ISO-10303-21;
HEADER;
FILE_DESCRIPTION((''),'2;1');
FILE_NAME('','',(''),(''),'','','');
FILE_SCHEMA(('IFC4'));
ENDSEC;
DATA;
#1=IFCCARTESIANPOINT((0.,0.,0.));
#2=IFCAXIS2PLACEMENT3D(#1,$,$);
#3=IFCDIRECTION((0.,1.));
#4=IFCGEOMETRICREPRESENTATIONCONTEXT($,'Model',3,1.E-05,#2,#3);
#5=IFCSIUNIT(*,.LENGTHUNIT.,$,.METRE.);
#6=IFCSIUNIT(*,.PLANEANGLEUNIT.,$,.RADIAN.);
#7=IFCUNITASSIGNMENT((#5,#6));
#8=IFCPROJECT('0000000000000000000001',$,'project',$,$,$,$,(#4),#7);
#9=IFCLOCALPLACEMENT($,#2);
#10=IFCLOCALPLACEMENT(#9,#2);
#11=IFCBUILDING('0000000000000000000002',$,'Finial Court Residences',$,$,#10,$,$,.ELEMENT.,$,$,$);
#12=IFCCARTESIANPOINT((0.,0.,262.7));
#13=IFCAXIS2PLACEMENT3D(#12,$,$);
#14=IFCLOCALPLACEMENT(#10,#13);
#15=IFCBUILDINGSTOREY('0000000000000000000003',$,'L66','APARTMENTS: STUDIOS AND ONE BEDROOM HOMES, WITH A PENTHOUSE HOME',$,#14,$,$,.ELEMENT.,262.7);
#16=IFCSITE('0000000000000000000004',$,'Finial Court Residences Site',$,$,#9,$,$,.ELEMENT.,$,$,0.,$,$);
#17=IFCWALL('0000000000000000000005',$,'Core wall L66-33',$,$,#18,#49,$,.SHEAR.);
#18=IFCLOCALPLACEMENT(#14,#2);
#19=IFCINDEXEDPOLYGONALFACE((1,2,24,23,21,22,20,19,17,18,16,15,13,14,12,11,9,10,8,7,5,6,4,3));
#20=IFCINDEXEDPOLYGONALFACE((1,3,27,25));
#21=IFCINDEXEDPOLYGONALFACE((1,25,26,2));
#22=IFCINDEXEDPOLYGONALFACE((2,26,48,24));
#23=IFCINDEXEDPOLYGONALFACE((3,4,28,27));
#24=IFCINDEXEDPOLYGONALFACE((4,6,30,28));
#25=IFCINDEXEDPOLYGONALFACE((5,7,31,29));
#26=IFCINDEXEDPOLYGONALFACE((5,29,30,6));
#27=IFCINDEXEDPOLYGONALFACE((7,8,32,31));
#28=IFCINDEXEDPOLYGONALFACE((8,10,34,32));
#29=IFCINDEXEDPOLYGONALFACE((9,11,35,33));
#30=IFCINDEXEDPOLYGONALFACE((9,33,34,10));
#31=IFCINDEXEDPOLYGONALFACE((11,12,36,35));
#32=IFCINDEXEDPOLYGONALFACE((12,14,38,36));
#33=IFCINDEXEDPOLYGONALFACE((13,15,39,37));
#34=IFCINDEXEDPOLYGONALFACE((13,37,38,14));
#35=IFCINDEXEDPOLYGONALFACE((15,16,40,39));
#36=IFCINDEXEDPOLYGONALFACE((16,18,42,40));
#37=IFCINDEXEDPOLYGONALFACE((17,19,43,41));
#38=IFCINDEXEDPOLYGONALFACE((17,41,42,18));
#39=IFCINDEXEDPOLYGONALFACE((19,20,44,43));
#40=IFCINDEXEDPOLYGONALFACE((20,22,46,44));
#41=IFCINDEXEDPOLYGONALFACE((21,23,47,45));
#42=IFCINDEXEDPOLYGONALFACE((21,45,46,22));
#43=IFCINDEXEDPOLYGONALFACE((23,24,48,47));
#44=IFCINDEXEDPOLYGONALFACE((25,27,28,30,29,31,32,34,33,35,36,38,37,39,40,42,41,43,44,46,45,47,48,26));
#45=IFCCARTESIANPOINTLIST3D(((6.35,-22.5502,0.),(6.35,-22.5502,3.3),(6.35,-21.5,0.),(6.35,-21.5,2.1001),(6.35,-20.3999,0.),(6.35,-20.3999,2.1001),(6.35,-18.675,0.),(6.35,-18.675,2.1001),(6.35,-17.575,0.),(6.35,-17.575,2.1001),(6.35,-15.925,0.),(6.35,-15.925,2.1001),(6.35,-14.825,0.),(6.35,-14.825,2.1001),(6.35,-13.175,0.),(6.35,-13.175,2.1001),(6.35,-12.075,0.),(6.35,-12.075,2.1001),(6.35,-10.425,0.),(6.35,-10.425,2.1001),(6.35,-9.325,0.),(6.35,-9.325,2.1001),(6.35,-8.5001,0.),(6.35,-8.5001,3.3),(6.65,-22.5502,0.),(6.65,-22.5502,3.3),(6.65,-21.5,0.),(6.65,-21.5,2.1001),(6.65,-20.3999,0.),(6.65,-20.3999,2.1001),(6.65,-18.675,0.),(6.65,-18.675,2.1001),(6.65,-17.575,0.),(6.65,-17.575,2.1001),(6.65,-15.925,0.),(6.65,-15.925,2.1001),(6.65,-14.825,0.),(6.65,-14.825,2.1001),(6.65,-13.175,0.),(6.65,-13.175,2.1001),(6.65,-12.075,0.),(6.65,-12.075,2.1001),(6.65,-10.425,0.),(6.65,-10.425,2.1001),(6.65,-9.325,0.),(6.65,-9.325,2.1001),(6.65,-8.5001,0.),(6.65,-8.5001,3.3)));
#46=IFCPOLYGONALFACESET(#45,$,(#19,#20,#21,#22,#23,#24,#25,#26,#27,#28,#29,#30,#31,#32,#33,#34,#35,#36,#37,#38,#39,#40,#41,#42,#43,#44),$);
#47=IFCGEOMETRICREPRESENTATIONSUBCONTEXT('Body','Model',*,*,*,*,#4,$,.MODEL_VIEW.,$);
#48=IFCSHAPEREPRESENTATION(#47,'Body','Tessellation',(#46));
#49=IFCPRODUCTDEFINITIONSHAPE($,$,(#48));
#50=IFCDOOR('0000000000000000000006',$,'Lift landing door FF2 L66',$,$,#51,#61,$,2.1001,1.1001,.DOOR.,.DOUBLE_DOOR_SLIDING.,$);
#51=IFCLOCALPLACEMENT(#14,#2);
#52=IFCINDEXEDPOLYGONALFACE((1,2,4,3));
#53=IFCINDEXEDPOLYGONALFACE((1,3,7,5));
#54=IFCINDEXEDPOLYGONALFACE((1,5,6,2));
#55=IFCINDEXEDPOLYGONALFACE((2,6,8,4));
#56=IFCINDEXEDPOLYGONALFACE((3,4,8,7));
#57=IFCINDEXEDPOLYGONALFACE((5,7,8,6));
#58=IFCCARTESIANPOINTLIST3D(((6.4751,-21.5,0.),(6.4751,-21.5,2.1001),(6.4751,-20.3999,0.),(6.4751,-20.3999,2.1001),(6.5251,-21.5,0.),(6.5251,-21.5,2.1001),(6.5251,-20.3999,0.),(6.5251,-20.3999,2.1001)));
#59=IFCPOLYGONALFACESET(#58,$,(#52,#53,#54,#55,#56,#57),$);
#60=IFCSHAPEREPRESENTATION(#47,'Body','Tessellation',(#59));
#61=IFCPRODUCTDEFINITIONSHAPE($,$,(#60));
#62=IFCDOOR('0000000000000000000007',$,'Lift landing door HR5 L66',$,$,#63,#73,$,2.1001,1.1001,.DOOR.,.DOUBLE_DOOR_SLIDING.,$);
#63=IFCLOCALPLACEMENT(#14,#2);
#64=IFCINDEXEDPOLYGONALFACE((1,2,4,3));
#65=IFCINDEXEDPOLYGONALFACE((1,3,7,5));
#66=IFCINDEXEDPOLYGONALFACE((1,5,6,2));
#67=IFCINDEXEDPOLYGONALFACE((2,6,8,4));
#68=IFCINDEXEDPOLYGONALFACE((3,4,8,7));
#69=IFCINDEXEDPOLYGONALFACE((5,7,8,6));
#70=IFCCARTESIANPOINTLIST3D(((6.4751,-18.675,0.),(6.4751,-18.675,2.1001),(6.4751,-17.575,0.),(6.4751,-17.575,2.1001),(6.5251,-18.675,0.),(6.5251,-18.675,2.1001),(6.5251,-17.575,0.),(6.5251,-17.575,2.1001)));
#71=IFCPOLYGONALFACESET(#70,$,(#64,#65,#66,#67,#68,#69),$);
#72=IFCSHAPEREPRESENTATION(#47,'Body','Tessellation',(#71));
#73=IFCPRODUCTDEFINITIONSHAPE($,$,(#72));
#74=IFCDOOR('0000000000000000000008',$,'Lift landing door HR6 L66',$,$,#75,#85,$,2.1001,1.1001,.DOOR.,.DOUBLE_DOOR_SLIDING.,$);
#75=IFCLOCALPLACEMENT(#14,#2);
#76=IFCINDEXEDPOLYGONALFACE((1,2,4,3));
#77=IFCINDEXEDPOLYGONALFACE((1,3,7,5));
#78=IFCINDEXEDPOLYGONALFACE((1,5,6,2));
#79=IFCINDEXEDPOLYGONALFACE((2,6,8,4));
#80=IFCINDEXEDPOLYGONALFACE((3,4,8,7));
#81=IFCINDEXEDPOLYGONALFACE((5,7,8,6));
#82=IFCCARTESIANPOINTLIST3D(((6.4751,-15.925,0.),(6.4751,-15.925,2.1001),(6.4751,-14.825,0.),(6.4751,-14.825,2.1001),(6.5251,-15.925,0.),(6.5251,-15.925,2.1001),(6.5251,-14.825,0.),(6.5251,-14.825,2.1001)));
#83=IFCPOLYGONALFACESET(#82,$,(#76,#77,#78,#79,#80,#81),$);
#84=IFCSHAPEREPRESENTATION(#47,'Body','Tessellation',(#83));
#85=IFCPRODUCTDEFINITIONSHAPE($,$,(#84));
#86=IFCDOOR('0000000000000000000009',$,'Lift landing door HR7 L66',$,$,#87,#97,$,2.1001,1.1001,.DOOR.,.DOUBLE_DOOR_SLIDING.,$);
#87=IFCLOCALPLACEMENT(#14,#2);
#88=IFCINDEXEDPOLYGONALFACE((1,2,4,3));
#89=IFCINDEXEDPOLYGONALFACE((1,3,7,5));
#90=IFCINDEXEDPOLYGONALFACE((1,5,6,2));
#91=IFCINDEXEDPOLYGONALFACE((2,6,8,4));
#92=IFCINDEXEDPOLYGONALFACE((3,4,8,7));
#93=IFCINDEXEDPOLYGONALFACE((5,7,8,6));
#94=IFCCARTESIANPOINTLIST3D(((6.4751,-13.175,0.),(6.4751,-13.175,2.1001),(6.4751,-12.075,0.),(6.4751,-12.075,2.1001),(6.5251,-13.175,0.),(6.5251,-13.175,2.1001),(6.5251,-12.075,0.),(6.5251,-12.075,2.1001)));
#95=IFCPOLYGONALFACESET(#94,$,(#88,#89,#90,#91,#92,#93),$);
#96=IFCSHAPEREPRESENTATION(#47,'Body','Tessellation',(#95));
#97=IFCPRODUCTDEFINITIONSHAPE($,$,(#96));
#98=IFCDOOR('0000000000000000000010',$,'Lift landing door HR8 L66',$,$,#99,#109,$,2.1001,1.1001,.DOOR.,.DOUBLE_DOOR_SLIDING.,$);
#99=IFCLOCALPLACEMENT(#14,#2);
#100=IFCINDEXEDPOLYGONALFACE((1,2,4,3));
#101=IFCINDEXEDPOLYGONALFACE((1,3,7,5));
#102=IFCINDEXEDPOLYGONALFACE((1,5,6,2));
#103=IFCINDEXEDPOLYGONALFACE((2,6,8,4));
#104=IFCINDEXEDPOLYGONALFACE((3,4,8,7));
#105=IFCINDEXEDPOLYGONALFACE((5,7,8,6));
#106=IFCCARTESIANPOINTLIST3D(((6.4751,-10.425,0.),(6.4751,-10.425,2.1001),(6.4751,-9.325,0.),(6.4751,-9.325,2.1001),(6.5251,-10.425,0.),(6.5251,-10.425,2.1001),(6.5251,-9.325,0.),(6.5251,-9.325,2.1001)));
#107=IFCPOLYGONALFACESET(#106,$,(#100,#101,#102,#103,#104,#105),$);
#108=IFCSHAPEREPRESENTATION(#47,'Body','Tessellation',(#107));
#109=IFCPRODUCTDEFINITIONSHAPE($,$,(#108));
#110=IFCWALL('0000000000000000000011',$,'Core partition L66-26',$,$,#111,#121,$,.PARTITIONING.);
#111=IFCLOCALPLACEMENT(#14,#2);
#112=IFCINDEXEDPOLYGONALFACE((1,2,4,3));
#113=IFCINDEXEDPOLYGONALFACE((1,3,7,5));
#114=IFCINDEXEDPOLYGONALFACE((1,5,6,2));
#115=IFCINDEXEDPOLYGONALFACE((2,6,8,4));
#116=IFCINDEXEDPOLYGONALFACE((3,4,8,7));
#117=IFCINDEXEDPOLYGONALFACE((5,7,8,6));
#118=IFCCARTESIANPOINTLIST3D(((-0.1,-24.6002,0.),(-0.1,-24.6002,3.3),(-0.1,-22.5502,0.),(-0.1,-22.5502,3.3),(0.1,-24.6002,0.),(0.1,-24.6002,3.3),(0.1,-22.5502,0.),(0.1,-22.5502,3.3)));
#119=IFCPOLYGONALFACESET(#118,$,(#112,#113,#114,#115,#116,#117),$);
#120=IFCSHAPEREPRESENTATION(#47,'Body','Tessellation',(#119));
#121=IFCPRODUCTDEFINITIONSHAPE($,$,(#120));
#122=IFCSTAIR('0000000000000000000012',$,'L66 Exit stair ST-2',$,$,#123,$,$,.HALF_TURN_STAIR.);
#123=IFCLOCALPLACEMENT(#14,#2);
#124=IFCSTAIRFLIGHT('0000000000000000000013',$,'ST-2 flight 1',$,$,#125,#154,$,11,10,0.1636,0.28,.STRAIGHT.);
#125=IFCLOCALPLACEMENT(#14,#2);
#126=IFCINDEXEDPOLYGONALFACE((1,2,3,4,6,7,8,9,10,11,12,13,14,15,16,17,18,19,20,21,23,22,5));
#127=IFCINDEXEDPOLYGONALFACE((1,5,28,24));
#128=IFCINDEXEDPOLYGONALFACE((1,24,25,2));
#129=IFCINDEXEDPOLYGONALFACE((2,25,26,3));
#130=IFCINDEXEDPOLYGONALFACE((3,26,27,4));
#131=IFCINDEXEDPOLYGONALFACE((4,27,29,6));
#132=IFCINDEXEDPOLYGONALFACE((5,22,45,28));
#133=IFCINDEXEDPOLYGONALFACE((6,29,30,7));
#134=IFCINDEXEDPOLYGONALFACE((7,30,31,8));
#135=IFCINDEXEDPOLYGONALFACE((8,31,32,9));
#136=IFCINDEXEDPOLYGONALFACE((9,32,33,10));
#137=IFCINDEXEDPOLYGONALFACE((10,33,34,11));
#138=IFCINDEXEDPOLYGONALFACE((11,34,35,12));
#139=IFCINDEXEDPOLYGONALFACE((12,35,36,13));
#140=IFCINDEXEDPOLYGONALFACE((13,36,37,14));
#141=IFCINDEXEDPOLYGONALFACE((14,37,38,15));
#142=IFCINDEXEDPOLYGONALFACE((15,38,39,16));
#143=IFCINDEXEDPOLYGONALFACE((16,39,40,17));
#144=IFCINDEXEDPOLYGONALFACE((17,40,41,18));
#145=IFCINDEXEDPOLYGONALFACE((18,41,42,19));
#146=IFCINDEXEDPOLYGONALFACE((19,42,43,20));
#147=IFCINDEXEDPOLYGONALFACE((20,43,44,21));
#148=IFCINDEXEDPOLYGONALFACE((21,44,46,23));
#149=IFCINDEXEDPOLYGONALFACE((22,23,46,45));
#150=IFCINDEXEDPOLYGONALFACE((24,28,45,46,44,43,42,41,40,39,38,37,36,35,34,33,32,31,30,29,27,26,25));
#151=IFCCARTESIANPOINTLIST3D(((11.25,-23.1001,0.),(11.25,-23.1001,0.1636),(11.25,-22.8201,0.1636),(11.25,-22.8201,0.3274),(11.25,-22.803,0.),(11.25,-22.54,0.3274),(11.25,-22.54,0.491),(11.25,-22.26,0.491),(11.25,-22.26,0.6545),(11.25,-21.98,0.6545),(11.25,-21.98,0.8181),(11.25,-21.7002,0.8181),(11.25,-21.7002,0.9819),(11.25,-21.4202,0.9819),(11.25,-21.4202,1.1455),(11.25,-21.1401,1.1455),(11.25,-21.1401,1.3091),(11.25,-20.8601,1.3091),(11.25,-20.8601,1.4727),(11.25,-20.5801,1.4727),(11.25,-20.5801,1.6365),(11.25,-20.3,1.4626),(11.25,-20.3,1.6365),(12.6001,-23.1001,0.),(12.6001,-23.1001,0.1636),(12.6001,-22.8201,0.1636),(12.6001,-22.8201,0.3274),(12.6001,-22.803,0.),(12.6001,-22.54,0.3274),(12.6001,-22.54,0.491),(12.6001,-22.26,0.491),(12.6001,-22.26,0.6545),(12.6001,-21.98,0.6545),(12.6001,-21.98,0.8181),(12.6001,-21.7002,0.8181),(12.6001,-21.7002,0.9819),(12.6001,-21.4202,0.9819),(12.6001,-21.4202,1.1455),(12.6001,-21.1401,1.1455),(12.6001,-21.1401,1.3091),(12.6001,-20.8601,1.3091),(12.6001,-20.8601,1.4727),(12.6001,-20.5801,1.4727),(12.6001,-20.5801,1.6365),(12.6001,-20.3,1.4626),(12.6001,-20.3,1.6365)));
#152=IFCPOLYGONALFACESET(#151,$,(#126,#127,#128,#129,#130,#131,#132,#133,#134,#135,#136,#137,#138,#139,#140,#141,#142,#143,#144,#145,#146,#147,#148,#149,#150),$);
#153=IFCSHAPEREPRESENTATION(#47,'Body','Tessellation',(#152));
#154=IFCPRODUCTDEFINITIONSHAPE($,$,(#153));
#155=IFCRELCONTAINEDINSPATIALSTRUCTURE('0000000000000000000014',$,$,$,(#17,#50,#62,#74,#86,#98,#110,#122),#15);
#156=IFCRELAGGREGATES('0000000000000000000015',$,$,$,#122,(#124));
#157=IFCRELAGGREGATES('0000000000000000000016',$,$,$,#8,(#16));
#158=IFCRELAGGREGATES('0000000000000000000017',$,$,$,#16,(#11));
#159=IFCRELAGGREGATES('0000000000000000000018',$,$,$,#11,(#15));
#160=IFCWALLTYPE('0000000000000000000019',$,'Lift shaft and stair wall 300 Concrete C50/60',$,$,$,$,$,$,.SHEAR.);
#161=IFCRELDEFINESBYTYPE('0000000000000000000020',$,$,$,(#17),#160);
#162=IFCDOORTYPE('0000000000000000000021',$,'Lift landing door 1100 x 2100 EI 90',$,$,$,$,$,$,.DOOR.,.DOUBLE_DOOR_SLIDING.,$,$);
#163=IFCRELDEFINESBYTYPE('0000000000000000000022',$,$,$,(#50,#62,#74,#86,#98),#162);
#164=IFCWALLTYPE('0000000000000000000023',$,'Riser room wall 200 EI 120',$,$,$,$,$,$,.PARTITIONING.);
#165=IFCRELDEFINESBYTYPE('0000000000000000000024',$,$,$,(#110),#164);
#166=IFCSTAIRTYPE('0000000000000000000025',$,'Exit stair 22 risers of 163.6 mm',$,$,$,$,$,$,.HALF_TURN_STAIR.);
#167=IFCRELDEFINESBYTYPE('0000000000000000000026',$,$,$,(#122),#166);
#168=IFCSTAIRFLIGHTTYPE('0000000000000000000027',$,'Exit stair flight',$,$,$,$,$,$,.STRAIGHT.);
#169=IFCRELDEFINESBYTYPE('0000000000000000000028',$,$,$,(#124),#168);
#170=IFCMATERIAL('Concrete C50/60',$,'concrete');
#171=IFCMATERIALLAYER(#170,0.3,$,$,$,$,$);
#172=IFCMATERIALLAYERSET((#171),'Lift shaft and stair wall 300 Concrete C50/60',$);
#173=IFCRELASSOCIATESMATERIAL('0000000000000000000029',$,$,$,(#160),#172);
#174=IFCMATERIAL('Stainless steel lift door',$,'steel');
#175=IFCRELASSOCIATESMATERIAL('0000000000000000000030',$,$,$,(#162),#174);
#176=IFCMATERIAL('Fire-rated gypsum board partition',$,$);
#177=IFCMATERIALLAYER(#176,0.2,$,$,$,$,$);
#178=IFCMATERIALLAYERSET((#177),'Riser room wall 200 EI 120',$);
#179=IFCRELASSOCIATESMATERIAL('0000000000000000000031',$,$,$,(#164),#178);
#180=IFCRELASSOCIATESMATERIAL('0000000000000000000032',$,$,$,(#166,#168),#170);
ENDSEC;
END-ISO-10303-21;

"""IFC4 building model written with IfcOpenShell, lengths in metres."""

from ifc_helpers import new_model, si_unit, direction, frame, frame_2d, origin, place, context, subcontext, project, spatial, polyline, rectangle, outline, extrude, material, layer, layer_set, type_object, element, fill, aggregate, save


model = new_model("IFC4")

# Units and contexts
model_context = context("Model", 3, precision=1e-05, world=origin(), true_north=direction((0.0, 1.0)))
body_context = subcontext(model_context, "Body", "Model", "MODEL_VIEW")
ifc_project = project(units=[si_unit("LENGTHUNIT", "METRE"), si_unit("PLANEANGLEUNIT", "RADIAN")], contexts=[model_context])

# Site, building, storey
site_placement = place(None, origin())
site = spatial("IfcSite", under=ifc_project, at=site_placement, Name="Finial Court Residences Site", CompositionType="ELEMENT", RefElevation=0.0)
building_placement = place(site_placement, origin())
building = spatial("IfcBuilding", under=site, at=building_placement, Name="Finial Court Residences", CompositionType="ELEMENT")
storey_placement = place(building_placement, frame((0.0, 0.0, 262.7)))
storey = spatial("IfcBuildingStorey", under=building, at=storey_placement, Name="L66", Description="APARTMENTS: STUDIOS AND ONE BEDROOM HOMES, WITH A PENTHOUSE HOME", CompositionType="ELEMENT", Elevation=262.7)

# Shared definitions
ifc_material_1 = material(Name="Concrete C50/60", Category="concrete")

# Shared definitions
ifc_material_2 = material(Name="Fire-rated gypsum board partition")

# Shared definitions
ifc_layer_1 = layer(ifc_material_1, 0.3)
ifc_layer_set_1 = layer_set([ifc_layer_1], Name="Lift shaft and stair wall 300 Concrete C50/60")
wall_type_1 = type_object("IfcWallType", Name="Lift shaft and stair wall 300 Concrete C50/60", PredefinedType="SHEAR", material=ifc_layer_set_1)

# Shared definitions
ifc_material_3 = material(Name="Stainless steel lift door", Category="steel")
door_type_1 = type_object("IfcDoorType", Name="Lift landing door 1100 x 2100 EI 90", OperationType="DOUBLE_DOOR_SLIDING", PredefinedType="DOOR", material=ifc_material_3)

# Wall, openings, doors
wall_1_placement = place(storey_placement, frame((6.5, -22.55, 0.0), z_axis=(0.0, 0.0, 1.0), x_axis=(0.0, 1.0, 0.0)))
wall_1 = element("IfcWall", 1, at=wall_1_placement, inside=storey, type_object=wall_type_1, Name="Core wall L66-33", PredefinedType="SHEAR", context=body_context, shape_type="SweptSolid", body=[
    extrude(rectangle(XDim=14.05, YDim=0.3, at=frame_2d((7.0249, 0.0))), origin(), (0.0, 0.0, 1.0), 3.3),
])
opening_1_placement = place(wall_1_placement, frame((1.05, 0.0, 0.0)))
opening_1 = element("IfcOpeningElement", 2, at=opening_1_placement, cuts=wall_1, PredefinedType="OPENING", context=body_context, shape_type="SweptSolid", body=[
    extrude(rectangle(XDim=1.1001, YDim=2.1001, at=frame_2d((0.55, 1.05))), frame((0.0, 0.1599, 0.0), z_axis=(0.0, -1.0, 0.0), x_axis=(1.0, 0.0, 0.0)), (0.0, 0.0, 1.0), 0.3201),
])
opening_2_placement = place(wall_1_placement, frame((3.875, 0.0, 0.0)))
opening_2 = element("IfcOpeningElement", 3, at=opening_2_placement, cuts=wall_1, PredefinedType="OPENING", context=body_context, shape_type="SweptSolid", body=[
    extrude(rectangle(XDim=1.1001, YDim=2.1001, at=frame_2d((0.55, 1.05))), frame((0.0, 0.1599, 0.0), z_axis=(0.0, -1.0, 0.0), x_axis=(1.0, 0.0, 0.0)), (0.0, 0.0, 1.0), 0.3201),
])
opening_3_placement = place(wall_1_placement, frame((6.625, 0.0, 0.0)))
opening_3 = element("IfcOpeningElement", 4, at=opening_3_placement, cuts=wall_1, PredefinedType="OPENING", context=body_context, shape_type="SweptSolid", body=[
    extrude(rectangle(XDim=1.1001, YDim=2.1001, at=frame_2d((0.55, 1.05))), frame((0.0, 0.1599, 0.0), z_axis=(0.0, -1.0, 0.0), x_axis=(1.0, 0.0, 0.0)), (0.0, 0.0, 1.0), 0.3201),
])
opening_4_placement = place(wall_1_placement, frame((9.375, 0.0, 0.0)))
opening_4 = element("IfcOpeningElement", 5, at=opening_4_placement, cuts=wall_1, PredefinedType="OPENING", context=body_context, shape_type="SweptSolid", body=[
    extrude(rectangle(XDim=1.1001, YDim=2.1001, at=frame_2d((0.55, 1.05))), frame((0.0, 0.1599, 0.0), z_axis=(0.0, -1.0, 0.0), x_axis=(1.0, 0.0, 0.0)), (0.0, 0.0, 1.0), 0.3201),
])
opening_5_placement = place(wall_1_placement, frame((12.125, 0.0, 0.0)))
opening_5 = element("IfcOpeningElement", 6, at=opening_5_placement, cuts=wall_1, PredefinedType="OPENING", context=body_context, shape_type="SweptSolid", body=[
    extrude(rectangle(XDim=1.1001, YDim=2.1001, at=frame_2d((0.55, 1.05))), frame((0.0, 0.1599, 0.0), z_axis=(0.0, -1.0, 0.0), x_axis=(1.0, 0.0, 0.0)), (0.0, 0.0, 1.0), 0.3201),
])
door_1_placement = place(opening_1_placement, origin())
door_1 = element("IfcDoor", 7, at=door_1_placement, inside=storey, type_object=door_type_1, Name="Lift landing door FF2 L66", OperationType="DOUBLE_DOOR_SLIDING", OverallHeight=2.1001, OverallWidth=1.1001, PredefinedType="DOOR", context=body_context, shape_type="SweptSolid", body=[
    extrude(rectangle(XDim=1.1001, YDim=2.1001, at=frame_2d((0.55, 1.05))), frame((0.0, 0.0249, 0.0), z_axis=(0.0, -1.0, 0.0), x_axis=(1.0, 0.0, 0.0)), (0.0, 0.0, 1.0), 0.05),
])
fill(opening_1, door_1)
door_2_placement = place(opening_2_placement, origin())
door_2 = element("IfcDoor", 8, at=door_2_placement, inside=storey, type_object=door_type_1, Name="Lift landing door HR5 L66", OperationType="DOUBLE_DOOR_SLIDING", OverallHeight=2.1001, OverallWidth=1.1001, PredefinedType="DOOR", context=body_context, shape_type="SweptSolid", body=[
    extrude(rectangle(XDim=1.1001, YDim=2.1001, at=frame_2d((0.55, 1.05))), frame((0.0, 0.0249, 0.0), z_axis=(0.0, -1.0, 0.0), x_axis=(1.0, 0.0, 0.0)), (0.0, 0.0, 1.0), 0.05),
])
fill(opening_2, door_2)
door_3_placement = place(opening_3_placement, origin())
door_3 = element("IfcDoor", 9, at=door_3_placement, inside=storey, type_object=door_type_1, Name="Lift landing door HR6 L66", OperationType="DOUBLE_DOOR_SLIDING", OverallHeight=2.1001, OverallWidth=1.1001, PredefinedType="DOOR", context=body_context, shape_type="SweptSolid", body=[
    extrude(rectangle(XDim=1.1001, YDim=2.1001, at=frame_2d((0.55, 1.05))), frame((0.0, 0.0249, 0.0), z_axis=(0.0, -1.0, 0.0), x_axis=(1.0, 0.0, 0.0)), (0.0, 0.0, 1.0), 0.05),
])
fill(opening_3, door_3)
door_4_placement = place(opening_4_placement, origin())
door_4 = element("IfcDoor", 10, at=door_4_placement, inside=storey, type_object=door_type_1, Name="Lift landing door HR7 L66", OperationType="DOUBLE_DOOR_SLIDING", OverallHeight=2.1001, OverallWidth=1.1001, PredefinedType="DOOR", context=body_context, shape_type="SweptSolid", body=[
    extrude(rectangle(XDim=1.1001, YDim=2.1001, at=frame_2d((0.55, 1.05))), frame((0.0, 0.0249, 0.0), z_axis=(0.0, -1.0, 0.0), x_axis=(1.0, 0.0, 0.0)), (0.0, 0.0, 1.0), 0.05),
])
fill(opening_4, door_4)
door_5_placement = place(opening_5_placement, origin())
door_5 = element("IfcDoor", 11, at=door_5_placement, inside=storey, type_object=door_type_1, Name="Lift landing door HR8 L66", OperationType="DOUBLE_DOOR_SLIDING", OverallHeight=2.1001, OverallWidth=1.1001, PredefinedType="DOOR", context=body_context, shape_type="SweptSolid", body=[
    extrude(rectangle(XDim=1.1001, YDim=2.1001, at=frame_2d((0.55, 1.05))), frame((0.0, 0.0249, 0.0), z_axis=(0.0, -1.0, 0.0), x_axis=(1.0, 0.0, 0.0)), (0.0, 0.0, 1.0), 0.05),
])
fill(opening_5, door_5)

# Wall
ifc_layer_2 = layer(ifc_material_2, 0.2)
ifc_layer_set_2 = layer_set([ifc_layer_2], Name="Riser room wall 200 EI 120")
wall_type_2 = type_object("IfcWallType", Name="Riser room wall 200 EI 120", PredefinedType="PARTITIONING", material=ifc_layer_set_2)
wall_2_placement = place(storey_placement, frame((0.0, -24.6001, 0.0), z_axis=(0.0, 0.0, 1.0), x_axis=(0.0, 1.0, 0.0)))
element("IfcWall", 12, at=wall_2_placement, inside=storey, type_object=wall_type_2, Name="Core partition L66-26", PredefinedType="PARTITIONING", context=body_context, shape_type="SweptSolid", body=[
    extrude(rectangle(XDim=2.05, YDim=0.2, at=frame_2d((1.0249, 0.0))), origin(), (0.0, 0.0, 1.0), 3.3),
])

# Stair, stair flight
stair_type = type_object("IfcStairType", Name="Exit stair 22 risers of 163.6 mm", PredefinedType="HALF_TURN_STAIR", material=ifc_material_1)
stair_placement = place(storey_placement, origin())
stair = element("IfcStair", 13, at=stair_placement, inside=storey, type_object=stair_type, Name="L66 Exit stair ST-2", PredefinedType="HALF_TURN_STAIR")
stair_flight_type = type_object("IfcStairFlightType", Name="Exit stair flight", PredefinedType="STRAIGHT", material=ifc_material_1)
stair_flight_1_placement = place(storey_placement, frame((11.925, -23.1001, 0.0), z_axis=(0.0, 0.0, 1.0), x_axis=(0.0, 1.0, 0.0)))
stair_flight_1 = element("IfcStairFlight", 14, at=stair_flight_1_placement, type_object=stair_flight_type, Name="ST-2 flight 1", NumberOfRisers=11, NumberOfTreads=10, PredefinedType="STRAIGHT", RiserHeight=0.1636, TreadLength=0.28, context=body_context, shape_type="SweptSolid", body=[
    extrude(outline(polyline([(0.0, 0.0), (0.0, 0.1636), (0.28, 0.1636), (0.28, 0.3274), (0.5601, 0.3274), (0.5601, 0.491), (0.8401, 0.491), (0.8401, 0.6545), (1.1201, 0.6545), (1.1201, 0.8181), (1.3999, 0.8181), (1.3999, 0.9819), (1.6799, 0.9819), (1.6799, 1.1455), (1.96, 1.1455), (1.96, 1.3091), (2.24, 1.3091), (2.24, 1.4727), (2.52, 1.4727), (2.52, 1.6365), (2.8, 1.6365), (2.8, 1.8), (2.8, 1.4626), (0.2971, 0.0), (0.0, 0.0)])), frame((0.0, 0.675, 0.0), z_axis=(0.0, -1.0, 0.0), x_axis=(1.0, 0.0, 0.0)), (0.0, 0.0, 1.0), 1.3501),
])
aggregate(stair, [stair_flight_1])

save(model, "model.ifc")
